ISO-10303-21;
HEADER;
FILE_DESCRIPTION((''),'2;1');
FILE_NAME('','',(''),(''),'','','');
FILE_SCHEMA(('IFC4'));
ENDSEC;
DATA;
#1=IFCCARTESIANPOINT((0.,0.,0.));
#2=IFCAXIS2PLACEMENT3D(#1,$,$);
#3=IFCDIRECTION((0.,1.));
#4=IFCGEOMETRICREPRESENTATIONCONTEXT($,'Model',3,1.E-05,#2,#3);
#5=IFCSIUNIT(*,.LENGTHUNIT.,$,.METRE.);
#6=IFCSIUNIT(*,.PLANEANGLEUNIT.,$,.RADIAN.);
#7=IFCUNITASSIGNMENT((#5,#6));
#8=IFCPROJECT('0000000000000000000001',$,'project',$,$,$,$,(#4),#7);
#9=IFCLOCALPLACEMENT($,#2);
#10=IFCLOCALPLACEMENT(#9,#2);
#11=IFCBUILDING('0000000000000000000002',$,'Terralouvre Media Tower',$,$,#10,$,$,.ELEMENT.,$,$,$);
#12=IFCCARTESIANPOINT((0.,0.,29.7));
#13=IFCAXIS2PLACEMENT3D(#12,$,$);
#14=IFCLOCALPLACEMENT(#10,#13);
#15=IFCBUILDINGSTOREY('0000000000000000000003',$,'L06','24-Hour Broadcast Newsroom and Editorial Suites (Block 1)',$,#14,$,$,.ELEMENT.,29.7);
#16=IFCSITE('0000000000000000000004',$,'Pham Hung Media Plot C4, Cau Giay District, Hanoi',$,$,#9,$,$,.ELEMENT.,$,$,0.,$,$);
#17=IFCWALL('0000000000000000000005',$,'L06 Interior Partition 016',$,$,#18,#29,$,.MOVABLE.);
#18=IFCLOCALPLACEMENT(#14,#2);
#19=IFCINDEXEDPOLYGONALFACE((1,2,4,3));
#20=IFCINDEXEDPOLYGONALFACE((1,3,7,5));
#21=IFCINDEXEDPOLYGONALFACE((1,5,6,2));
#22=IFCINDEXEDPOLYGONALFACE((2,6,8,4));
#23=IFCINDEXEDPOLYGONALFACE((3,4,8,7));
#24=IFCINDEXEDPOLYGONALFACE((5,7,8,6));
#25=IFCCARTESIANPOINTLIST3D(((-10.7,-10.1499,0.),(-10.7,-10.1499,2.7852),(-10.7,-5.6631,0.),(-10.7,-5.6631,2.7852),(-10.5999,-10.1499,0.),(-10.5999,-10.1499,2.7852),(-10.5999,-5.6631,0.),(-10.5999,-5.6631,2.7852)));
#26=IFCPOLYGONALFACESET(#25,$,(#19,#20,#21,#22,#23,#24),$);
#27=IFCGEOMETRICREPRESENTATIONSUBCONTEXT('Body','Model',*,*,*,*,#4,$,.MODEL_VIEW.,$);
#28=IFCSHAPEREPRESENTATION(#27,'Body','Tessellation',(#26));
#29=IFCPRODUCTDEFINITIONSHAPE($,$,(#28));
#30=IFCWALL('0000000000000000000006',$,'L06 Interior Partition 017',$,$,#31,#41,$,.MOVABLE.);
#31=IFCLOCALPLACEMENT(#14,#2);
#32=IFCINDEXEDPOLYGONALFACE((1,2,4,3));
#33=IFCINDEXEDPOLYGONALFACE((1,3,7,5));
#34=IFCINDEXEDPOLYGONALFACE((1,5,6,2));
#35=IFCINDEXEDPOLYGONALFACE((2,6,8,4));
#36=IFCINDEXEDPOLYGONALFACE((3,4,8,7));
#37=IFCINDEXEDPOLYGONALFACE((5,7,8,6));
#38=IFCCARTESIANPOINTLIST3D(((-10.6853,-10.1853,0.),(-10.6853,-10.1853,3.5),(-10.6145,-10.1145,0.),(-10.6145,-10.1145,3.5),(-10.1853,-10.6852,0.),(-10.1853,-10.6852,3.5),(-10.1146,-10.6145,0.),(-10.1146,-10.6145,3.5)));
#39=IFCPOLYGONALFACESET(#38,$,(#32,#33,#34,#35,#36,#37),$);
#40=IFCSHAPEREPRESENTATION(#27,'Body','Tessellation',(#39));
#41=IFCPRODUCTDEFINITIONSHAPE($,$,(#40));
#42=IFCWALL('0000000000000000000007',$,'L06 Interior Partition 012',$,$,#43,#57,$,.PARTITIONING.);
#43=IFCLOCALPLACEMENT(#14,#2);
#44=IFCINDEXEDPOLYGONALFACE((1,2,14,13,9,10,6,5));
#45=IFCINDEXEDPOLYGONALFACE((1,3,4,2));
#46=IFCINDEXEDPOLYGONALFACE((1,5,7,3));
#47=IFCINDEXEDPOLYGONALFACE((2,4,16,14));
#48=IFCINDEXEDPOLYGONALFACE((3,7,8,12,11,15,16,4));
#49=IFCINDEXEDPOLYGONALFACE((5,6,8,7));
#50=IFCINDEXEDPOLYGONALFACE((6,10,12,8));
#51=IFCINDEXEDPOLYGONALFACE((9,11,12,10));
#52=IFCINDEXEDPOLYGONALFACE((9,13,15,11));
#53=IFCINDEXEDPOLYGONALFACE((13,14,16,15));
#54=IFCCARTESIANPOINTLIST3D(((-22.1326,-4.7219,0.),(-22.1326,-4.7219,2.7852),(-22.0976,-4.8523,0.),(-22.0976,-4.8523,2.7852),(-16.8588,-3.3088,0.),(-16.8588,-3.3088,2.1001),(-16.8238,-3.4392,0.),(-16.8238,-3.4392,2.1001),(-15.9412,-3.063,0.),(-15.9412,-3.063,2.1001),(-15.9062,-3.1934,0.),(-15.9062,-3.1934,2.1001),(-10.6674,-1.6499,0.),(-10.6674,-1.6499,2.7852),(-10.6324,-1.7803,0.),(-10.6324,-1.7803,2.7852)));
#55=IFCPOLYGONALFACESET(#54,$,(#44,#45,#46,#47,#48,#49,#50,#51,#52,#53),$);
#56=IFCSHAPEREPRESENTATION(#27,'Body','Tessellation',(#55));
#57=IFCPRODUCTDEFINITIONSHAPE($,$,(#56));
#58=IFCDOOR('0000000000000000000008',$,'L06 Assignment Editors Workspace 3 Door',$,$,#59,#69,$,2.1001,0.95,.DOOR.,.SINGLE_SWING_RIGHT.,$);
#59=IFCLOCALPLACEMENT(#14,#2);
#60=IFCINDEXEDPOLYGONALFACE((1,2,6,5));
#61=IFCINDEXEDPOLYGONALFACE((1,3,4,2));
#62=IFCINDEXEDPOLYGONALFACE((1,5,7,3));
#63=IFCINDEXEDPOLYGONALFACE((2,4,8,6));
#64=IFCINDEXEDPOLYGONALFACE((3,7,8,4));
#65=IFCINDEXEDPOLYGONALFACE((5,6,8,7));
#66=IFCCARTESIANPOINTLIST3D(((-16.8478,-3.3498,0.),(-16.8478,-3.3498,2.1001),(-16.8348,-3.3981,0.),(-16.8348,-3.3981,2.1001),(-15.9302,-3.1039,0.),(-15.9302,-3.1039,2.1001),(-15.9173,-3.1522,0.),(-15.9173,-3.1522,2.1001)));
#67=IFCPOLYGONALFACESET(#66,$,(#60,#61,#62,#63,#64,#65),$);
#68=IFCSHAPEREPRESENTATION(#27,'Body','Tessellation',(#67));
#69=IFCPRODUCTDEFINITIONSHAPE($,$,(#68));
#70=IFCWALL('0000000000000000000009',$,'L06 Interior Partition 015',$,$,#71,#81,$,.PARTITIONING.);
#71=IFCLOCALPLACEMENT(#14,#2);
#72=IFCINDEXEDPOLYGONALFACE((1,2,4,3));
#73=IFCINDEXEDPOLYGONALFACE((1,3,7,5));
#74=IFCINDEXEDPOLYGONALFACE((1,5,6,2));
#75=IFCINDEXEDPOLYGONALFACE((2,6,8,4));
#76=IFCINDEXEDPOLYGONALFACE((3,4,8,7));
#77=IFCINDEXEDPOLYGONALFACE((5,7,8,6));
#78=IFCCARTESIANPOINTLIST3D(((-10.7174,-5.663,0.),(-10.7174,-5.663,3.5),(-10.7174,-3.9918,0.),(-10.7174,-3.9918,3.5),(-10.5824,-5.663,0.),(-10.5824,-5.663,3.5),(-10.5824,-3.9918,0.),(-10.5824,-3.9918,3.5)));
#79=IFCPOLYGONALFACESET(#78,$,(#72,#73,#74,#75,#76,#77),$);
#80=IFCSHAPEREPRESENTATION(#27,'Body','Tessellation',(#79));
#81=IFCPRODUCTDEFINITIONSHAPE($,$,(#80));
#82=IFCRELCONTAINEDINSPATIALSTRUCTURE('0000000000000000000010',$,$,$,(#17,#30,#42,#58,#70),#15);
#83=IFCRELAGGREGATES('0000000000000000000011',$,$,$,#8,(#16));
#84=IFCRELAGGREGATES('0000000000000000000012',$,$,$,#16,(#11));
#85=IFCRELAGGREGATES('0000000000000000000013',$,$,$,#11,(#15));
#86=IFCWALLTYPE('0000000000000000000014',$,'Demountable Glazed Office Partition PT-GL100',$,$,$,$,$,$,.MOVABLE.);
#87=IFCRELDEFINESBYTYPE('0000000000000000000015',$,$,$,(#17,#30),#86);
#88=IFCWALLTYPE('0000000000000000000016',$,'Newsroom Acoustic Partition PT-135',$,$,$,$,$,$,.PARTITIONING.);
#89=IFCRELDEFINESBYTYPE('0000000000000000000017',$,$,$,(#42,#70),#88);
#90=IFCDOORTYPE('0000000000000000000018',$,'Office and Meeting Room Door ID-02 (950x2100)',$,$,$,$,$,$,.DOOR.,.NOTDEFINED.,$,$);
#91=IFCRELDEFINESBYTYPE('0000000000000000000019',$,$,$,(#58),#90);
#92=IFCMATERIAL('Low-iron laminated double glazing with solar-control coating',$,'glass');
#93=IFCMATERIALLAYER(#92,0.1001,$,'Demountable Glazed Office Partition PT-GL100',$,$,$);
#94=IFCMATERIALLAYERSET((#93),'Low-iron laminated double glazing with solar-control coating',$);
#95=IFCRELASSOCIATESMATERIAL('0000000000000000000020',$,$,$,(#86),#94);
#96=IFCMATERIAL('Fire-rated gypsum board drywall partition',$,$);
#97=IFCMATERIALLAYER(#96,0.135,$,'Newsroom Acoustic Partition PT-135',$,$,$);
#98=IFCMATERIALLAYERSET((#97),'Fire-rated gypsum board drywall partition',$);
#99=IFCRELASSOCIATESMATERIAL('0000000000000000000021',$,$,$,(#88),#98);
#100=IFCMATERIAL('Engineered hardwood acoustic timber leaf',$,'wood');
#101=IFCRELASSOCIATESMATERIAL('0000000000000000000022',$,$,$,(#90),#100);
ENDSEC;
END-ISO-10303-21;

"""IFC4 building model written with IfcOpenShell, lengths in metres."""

from ifc_helpers import new_model, si_unit, direction, frame, frame_2d, origin, place, context, subcontext, project, spatial, rectangle, extrude, material, layer, layer_set, type_object, element, fill, save


model = new_model("IFC4")

# Units and contexts
model_context = context("Model", 3, precision=1e-05, world=origin(), true_north=direction((0.0, 1.0)))
body_context = subcontext(model_context, "Body", "Model", "MODEL_VIEW")
ifc_project = project(units=[si_unit("LENGTHUNIT", "METRE"), si_unit("PLANEANGLEUNIT", "RADIAN")], contexts=[model_context])

# Site, building, storey
site_placement = place(None, origin())
site = spatial("IfcSite", under=ifc_project, at=site_placement, Name="Pham Hung Media Plot C4, Cau Giay District, Hanoi", CompositionType="ELEMENT", RefElevation=0.0)
building_placement = place(site_placement, origin())
building = spatial("IfcBuilding", under=site, at=building_placement, Name="Terralouvre Media Tower", CompositionType="ELEMENT")
storey_placement = place(building_placement, frame((0.0, 0.0, 29.7)))
storey = spatial("IfcBuildingStorey", under=building, at=storey_placement, Name="L06", Description="24-Hour Broadcast Newsroom and Editorial Suites (Block 1)", CompositionType="ELEMENT", Elevation=29.7)

# Walls
ifc_material_1 = material(Name="Low-iron laminated double glazing with solar-control coating", Category="glass")
ifc_layer_1 = layer(ifc_material_1, 0.1001, Name="Demountable Glazed Office Partition PT-GL100")
ifc_layer_set_1 = layer_set([ifc_layer_1], Name="Low-iron laminated double glazing with solar-control coating")
wall_type_1 = type_object("IfcWallType", Name="Demountable Glazed Office Partition PT-GL100", PredefinedType="MOVABLE", material=ifc_layer_set_1)
wall_1_placement = place(storey_placement, frame((-10.6499, -5.6631, 0.0), z_axis=(0.0, 0.0, 1.0), x_axis=(0.0, -1.0, 0.0)))
element("IfcWall", 1, at=wall_1_placement, inside=storey, type_object=wall_type_1, Name="L06 Interior Partition 016", PredefinedType="MOVABLE", context=body_context, shape_type="SweptSolid", body=[
    extrude(rectangle(XDim=4.4868, YDim=0.1001, at=frame_2d((2.2434, 0.0))), origin(), (0.0, 0.0, 1.0), 2.7852),
])
wall_2_placement = place(storey_placement, frame((-10.6499, -10.1499, 0.0), z_axis=(0.0, 0.0, 1.0), x_axis=(0.707107, -0.707107, 0.0)))
element("IfcWall", 2, at=wall_2_placement, inside=storey, type_object=wall_type_1, Name="L06 Interior Partition 017", PredefinedType="MOVABLE", context=body_context, shape_type="SweptSolid", body=[
    extrude(rectangle(XDim=0.707, YDim=0.1001, at=frame_2d((0.3535, 0.0))), origin(), (0.0, 0.0, 1.0), 3.5),
])

# Wall, opening, door
ifc_material_2 = material(Name="Fire-rated gypsum board drywall partition")
ifc_layer_2 = layer(ifc_material_2, 0.135, Name="Newsroom Acoustic Partition PT-135")
ifc_layer_set_2 = layer_set([ifc_layer_2], Name="Fire-rated gypsum board drywall partition")
wall_type_2 = type_object("IfcWallType", Name="Newsroom Acoustic Partition PT-135", PredefinedType="PARTITIONING", material=ifc_layer_set_2)
wall_3_placement = place(storey_placement, frame((-10.6499, -1.7151, 0.0), z_axis=(0.0, 0.0, 1.0), x_axis=(-0.965927, -0.258816, 0.0)))
wall_3 = element("IfcWall", 3, at=wall_3_placement, inside=storey, type_object=wall_type_2, Name="L06 Interior Partition 012", PredefinedType="PARTITIONING", context=body_context, shape_type="SweptSolid", body=[
    extrude(rectangle(XDim=11.8696, YDim=0.135, at=frame_2d((5.9348, 0.0))), origin(), (0.0, 0.0, 1.0), 2.7852),
])
opening_1_placement = place(wall_3_placement, frame((5.4597, 0.0, 0.0)))
opening_1 = element("IfcOpeningElement", 4, at=opening_1_placement, cuts=wall_3, PredefinedType="OPENING", context=body_context, shape_type="SweptSolid", body=[
    extrude(rectangle(XDim=0.95, YDim=2.1001, at=frame_2d((0.4751, 1.05))), frame((0.0, 0.0774, 0.0), z_axis=(0.0, -1.0, 0.0), x_axis=(1.0, 0.0, 0.0)), (0.0, 0.0, 1.0), 0.155),
])
ifc_material_3 = material(Name="Engineered hardwood acoustic timber leaf", Category="wood")
door_type_1 = type_object("IfcDoorType", Name="Office and Meeting Room Door ID-02 (950x2100)", OperationType="NOTDEFINED", PredefinedType="DOOR", material=ifc_material_3)
door_1_placement = place(opening_1_placement, origin())
door_1 = element("IfcDoor", 5, at=door_1_placement, inside=storey, type_object=door_type_1, Name="L06 Assignment Editors Workspace 3 Door", OperationType="SINGLE_SWING_RIGHT", OverallHeight=2.1001, OverallWidth=0.95, PredefinedType="DOOR", context=body_context, shape_type="SweptSolid", body=[
    extrude(rectangle(XDim=0.95, YDim=2.1001, at=frame_2d((0.4751, 1.05))), frame((0.0, 0.0249, 0.0), z_axis=(0.0, -1.0, 0.0), x_axis=(1.0, 0.0, 0.0)), (0.0, 0.0, 1.0), 0.05),
])
fill(opening_1, door_1)

# Wall
wall_4_placement = place(storey_placement, frame((-10.6499, -3.9919, 0.0), z_axis=(0.0, 0.0, 1.0), x_axis=(0.0, -1.0, 0.0)))
element("IfcWall", 6, at=wall_4_placement, inside=storey, type_object=wall_type_2, Name="L06 Interior Partition 015", PredefinedType="PARTITIONING", context=body_context, shape_type="SweptSolid", body=[
    extrude(rectangle(XDim=1.6711, YDim=0.135, at=frame_2d((0.8354, 0.0))), origin(), (0.0, 0.0, 1.0), 3.5),
])

save(model, "model.ifc")
